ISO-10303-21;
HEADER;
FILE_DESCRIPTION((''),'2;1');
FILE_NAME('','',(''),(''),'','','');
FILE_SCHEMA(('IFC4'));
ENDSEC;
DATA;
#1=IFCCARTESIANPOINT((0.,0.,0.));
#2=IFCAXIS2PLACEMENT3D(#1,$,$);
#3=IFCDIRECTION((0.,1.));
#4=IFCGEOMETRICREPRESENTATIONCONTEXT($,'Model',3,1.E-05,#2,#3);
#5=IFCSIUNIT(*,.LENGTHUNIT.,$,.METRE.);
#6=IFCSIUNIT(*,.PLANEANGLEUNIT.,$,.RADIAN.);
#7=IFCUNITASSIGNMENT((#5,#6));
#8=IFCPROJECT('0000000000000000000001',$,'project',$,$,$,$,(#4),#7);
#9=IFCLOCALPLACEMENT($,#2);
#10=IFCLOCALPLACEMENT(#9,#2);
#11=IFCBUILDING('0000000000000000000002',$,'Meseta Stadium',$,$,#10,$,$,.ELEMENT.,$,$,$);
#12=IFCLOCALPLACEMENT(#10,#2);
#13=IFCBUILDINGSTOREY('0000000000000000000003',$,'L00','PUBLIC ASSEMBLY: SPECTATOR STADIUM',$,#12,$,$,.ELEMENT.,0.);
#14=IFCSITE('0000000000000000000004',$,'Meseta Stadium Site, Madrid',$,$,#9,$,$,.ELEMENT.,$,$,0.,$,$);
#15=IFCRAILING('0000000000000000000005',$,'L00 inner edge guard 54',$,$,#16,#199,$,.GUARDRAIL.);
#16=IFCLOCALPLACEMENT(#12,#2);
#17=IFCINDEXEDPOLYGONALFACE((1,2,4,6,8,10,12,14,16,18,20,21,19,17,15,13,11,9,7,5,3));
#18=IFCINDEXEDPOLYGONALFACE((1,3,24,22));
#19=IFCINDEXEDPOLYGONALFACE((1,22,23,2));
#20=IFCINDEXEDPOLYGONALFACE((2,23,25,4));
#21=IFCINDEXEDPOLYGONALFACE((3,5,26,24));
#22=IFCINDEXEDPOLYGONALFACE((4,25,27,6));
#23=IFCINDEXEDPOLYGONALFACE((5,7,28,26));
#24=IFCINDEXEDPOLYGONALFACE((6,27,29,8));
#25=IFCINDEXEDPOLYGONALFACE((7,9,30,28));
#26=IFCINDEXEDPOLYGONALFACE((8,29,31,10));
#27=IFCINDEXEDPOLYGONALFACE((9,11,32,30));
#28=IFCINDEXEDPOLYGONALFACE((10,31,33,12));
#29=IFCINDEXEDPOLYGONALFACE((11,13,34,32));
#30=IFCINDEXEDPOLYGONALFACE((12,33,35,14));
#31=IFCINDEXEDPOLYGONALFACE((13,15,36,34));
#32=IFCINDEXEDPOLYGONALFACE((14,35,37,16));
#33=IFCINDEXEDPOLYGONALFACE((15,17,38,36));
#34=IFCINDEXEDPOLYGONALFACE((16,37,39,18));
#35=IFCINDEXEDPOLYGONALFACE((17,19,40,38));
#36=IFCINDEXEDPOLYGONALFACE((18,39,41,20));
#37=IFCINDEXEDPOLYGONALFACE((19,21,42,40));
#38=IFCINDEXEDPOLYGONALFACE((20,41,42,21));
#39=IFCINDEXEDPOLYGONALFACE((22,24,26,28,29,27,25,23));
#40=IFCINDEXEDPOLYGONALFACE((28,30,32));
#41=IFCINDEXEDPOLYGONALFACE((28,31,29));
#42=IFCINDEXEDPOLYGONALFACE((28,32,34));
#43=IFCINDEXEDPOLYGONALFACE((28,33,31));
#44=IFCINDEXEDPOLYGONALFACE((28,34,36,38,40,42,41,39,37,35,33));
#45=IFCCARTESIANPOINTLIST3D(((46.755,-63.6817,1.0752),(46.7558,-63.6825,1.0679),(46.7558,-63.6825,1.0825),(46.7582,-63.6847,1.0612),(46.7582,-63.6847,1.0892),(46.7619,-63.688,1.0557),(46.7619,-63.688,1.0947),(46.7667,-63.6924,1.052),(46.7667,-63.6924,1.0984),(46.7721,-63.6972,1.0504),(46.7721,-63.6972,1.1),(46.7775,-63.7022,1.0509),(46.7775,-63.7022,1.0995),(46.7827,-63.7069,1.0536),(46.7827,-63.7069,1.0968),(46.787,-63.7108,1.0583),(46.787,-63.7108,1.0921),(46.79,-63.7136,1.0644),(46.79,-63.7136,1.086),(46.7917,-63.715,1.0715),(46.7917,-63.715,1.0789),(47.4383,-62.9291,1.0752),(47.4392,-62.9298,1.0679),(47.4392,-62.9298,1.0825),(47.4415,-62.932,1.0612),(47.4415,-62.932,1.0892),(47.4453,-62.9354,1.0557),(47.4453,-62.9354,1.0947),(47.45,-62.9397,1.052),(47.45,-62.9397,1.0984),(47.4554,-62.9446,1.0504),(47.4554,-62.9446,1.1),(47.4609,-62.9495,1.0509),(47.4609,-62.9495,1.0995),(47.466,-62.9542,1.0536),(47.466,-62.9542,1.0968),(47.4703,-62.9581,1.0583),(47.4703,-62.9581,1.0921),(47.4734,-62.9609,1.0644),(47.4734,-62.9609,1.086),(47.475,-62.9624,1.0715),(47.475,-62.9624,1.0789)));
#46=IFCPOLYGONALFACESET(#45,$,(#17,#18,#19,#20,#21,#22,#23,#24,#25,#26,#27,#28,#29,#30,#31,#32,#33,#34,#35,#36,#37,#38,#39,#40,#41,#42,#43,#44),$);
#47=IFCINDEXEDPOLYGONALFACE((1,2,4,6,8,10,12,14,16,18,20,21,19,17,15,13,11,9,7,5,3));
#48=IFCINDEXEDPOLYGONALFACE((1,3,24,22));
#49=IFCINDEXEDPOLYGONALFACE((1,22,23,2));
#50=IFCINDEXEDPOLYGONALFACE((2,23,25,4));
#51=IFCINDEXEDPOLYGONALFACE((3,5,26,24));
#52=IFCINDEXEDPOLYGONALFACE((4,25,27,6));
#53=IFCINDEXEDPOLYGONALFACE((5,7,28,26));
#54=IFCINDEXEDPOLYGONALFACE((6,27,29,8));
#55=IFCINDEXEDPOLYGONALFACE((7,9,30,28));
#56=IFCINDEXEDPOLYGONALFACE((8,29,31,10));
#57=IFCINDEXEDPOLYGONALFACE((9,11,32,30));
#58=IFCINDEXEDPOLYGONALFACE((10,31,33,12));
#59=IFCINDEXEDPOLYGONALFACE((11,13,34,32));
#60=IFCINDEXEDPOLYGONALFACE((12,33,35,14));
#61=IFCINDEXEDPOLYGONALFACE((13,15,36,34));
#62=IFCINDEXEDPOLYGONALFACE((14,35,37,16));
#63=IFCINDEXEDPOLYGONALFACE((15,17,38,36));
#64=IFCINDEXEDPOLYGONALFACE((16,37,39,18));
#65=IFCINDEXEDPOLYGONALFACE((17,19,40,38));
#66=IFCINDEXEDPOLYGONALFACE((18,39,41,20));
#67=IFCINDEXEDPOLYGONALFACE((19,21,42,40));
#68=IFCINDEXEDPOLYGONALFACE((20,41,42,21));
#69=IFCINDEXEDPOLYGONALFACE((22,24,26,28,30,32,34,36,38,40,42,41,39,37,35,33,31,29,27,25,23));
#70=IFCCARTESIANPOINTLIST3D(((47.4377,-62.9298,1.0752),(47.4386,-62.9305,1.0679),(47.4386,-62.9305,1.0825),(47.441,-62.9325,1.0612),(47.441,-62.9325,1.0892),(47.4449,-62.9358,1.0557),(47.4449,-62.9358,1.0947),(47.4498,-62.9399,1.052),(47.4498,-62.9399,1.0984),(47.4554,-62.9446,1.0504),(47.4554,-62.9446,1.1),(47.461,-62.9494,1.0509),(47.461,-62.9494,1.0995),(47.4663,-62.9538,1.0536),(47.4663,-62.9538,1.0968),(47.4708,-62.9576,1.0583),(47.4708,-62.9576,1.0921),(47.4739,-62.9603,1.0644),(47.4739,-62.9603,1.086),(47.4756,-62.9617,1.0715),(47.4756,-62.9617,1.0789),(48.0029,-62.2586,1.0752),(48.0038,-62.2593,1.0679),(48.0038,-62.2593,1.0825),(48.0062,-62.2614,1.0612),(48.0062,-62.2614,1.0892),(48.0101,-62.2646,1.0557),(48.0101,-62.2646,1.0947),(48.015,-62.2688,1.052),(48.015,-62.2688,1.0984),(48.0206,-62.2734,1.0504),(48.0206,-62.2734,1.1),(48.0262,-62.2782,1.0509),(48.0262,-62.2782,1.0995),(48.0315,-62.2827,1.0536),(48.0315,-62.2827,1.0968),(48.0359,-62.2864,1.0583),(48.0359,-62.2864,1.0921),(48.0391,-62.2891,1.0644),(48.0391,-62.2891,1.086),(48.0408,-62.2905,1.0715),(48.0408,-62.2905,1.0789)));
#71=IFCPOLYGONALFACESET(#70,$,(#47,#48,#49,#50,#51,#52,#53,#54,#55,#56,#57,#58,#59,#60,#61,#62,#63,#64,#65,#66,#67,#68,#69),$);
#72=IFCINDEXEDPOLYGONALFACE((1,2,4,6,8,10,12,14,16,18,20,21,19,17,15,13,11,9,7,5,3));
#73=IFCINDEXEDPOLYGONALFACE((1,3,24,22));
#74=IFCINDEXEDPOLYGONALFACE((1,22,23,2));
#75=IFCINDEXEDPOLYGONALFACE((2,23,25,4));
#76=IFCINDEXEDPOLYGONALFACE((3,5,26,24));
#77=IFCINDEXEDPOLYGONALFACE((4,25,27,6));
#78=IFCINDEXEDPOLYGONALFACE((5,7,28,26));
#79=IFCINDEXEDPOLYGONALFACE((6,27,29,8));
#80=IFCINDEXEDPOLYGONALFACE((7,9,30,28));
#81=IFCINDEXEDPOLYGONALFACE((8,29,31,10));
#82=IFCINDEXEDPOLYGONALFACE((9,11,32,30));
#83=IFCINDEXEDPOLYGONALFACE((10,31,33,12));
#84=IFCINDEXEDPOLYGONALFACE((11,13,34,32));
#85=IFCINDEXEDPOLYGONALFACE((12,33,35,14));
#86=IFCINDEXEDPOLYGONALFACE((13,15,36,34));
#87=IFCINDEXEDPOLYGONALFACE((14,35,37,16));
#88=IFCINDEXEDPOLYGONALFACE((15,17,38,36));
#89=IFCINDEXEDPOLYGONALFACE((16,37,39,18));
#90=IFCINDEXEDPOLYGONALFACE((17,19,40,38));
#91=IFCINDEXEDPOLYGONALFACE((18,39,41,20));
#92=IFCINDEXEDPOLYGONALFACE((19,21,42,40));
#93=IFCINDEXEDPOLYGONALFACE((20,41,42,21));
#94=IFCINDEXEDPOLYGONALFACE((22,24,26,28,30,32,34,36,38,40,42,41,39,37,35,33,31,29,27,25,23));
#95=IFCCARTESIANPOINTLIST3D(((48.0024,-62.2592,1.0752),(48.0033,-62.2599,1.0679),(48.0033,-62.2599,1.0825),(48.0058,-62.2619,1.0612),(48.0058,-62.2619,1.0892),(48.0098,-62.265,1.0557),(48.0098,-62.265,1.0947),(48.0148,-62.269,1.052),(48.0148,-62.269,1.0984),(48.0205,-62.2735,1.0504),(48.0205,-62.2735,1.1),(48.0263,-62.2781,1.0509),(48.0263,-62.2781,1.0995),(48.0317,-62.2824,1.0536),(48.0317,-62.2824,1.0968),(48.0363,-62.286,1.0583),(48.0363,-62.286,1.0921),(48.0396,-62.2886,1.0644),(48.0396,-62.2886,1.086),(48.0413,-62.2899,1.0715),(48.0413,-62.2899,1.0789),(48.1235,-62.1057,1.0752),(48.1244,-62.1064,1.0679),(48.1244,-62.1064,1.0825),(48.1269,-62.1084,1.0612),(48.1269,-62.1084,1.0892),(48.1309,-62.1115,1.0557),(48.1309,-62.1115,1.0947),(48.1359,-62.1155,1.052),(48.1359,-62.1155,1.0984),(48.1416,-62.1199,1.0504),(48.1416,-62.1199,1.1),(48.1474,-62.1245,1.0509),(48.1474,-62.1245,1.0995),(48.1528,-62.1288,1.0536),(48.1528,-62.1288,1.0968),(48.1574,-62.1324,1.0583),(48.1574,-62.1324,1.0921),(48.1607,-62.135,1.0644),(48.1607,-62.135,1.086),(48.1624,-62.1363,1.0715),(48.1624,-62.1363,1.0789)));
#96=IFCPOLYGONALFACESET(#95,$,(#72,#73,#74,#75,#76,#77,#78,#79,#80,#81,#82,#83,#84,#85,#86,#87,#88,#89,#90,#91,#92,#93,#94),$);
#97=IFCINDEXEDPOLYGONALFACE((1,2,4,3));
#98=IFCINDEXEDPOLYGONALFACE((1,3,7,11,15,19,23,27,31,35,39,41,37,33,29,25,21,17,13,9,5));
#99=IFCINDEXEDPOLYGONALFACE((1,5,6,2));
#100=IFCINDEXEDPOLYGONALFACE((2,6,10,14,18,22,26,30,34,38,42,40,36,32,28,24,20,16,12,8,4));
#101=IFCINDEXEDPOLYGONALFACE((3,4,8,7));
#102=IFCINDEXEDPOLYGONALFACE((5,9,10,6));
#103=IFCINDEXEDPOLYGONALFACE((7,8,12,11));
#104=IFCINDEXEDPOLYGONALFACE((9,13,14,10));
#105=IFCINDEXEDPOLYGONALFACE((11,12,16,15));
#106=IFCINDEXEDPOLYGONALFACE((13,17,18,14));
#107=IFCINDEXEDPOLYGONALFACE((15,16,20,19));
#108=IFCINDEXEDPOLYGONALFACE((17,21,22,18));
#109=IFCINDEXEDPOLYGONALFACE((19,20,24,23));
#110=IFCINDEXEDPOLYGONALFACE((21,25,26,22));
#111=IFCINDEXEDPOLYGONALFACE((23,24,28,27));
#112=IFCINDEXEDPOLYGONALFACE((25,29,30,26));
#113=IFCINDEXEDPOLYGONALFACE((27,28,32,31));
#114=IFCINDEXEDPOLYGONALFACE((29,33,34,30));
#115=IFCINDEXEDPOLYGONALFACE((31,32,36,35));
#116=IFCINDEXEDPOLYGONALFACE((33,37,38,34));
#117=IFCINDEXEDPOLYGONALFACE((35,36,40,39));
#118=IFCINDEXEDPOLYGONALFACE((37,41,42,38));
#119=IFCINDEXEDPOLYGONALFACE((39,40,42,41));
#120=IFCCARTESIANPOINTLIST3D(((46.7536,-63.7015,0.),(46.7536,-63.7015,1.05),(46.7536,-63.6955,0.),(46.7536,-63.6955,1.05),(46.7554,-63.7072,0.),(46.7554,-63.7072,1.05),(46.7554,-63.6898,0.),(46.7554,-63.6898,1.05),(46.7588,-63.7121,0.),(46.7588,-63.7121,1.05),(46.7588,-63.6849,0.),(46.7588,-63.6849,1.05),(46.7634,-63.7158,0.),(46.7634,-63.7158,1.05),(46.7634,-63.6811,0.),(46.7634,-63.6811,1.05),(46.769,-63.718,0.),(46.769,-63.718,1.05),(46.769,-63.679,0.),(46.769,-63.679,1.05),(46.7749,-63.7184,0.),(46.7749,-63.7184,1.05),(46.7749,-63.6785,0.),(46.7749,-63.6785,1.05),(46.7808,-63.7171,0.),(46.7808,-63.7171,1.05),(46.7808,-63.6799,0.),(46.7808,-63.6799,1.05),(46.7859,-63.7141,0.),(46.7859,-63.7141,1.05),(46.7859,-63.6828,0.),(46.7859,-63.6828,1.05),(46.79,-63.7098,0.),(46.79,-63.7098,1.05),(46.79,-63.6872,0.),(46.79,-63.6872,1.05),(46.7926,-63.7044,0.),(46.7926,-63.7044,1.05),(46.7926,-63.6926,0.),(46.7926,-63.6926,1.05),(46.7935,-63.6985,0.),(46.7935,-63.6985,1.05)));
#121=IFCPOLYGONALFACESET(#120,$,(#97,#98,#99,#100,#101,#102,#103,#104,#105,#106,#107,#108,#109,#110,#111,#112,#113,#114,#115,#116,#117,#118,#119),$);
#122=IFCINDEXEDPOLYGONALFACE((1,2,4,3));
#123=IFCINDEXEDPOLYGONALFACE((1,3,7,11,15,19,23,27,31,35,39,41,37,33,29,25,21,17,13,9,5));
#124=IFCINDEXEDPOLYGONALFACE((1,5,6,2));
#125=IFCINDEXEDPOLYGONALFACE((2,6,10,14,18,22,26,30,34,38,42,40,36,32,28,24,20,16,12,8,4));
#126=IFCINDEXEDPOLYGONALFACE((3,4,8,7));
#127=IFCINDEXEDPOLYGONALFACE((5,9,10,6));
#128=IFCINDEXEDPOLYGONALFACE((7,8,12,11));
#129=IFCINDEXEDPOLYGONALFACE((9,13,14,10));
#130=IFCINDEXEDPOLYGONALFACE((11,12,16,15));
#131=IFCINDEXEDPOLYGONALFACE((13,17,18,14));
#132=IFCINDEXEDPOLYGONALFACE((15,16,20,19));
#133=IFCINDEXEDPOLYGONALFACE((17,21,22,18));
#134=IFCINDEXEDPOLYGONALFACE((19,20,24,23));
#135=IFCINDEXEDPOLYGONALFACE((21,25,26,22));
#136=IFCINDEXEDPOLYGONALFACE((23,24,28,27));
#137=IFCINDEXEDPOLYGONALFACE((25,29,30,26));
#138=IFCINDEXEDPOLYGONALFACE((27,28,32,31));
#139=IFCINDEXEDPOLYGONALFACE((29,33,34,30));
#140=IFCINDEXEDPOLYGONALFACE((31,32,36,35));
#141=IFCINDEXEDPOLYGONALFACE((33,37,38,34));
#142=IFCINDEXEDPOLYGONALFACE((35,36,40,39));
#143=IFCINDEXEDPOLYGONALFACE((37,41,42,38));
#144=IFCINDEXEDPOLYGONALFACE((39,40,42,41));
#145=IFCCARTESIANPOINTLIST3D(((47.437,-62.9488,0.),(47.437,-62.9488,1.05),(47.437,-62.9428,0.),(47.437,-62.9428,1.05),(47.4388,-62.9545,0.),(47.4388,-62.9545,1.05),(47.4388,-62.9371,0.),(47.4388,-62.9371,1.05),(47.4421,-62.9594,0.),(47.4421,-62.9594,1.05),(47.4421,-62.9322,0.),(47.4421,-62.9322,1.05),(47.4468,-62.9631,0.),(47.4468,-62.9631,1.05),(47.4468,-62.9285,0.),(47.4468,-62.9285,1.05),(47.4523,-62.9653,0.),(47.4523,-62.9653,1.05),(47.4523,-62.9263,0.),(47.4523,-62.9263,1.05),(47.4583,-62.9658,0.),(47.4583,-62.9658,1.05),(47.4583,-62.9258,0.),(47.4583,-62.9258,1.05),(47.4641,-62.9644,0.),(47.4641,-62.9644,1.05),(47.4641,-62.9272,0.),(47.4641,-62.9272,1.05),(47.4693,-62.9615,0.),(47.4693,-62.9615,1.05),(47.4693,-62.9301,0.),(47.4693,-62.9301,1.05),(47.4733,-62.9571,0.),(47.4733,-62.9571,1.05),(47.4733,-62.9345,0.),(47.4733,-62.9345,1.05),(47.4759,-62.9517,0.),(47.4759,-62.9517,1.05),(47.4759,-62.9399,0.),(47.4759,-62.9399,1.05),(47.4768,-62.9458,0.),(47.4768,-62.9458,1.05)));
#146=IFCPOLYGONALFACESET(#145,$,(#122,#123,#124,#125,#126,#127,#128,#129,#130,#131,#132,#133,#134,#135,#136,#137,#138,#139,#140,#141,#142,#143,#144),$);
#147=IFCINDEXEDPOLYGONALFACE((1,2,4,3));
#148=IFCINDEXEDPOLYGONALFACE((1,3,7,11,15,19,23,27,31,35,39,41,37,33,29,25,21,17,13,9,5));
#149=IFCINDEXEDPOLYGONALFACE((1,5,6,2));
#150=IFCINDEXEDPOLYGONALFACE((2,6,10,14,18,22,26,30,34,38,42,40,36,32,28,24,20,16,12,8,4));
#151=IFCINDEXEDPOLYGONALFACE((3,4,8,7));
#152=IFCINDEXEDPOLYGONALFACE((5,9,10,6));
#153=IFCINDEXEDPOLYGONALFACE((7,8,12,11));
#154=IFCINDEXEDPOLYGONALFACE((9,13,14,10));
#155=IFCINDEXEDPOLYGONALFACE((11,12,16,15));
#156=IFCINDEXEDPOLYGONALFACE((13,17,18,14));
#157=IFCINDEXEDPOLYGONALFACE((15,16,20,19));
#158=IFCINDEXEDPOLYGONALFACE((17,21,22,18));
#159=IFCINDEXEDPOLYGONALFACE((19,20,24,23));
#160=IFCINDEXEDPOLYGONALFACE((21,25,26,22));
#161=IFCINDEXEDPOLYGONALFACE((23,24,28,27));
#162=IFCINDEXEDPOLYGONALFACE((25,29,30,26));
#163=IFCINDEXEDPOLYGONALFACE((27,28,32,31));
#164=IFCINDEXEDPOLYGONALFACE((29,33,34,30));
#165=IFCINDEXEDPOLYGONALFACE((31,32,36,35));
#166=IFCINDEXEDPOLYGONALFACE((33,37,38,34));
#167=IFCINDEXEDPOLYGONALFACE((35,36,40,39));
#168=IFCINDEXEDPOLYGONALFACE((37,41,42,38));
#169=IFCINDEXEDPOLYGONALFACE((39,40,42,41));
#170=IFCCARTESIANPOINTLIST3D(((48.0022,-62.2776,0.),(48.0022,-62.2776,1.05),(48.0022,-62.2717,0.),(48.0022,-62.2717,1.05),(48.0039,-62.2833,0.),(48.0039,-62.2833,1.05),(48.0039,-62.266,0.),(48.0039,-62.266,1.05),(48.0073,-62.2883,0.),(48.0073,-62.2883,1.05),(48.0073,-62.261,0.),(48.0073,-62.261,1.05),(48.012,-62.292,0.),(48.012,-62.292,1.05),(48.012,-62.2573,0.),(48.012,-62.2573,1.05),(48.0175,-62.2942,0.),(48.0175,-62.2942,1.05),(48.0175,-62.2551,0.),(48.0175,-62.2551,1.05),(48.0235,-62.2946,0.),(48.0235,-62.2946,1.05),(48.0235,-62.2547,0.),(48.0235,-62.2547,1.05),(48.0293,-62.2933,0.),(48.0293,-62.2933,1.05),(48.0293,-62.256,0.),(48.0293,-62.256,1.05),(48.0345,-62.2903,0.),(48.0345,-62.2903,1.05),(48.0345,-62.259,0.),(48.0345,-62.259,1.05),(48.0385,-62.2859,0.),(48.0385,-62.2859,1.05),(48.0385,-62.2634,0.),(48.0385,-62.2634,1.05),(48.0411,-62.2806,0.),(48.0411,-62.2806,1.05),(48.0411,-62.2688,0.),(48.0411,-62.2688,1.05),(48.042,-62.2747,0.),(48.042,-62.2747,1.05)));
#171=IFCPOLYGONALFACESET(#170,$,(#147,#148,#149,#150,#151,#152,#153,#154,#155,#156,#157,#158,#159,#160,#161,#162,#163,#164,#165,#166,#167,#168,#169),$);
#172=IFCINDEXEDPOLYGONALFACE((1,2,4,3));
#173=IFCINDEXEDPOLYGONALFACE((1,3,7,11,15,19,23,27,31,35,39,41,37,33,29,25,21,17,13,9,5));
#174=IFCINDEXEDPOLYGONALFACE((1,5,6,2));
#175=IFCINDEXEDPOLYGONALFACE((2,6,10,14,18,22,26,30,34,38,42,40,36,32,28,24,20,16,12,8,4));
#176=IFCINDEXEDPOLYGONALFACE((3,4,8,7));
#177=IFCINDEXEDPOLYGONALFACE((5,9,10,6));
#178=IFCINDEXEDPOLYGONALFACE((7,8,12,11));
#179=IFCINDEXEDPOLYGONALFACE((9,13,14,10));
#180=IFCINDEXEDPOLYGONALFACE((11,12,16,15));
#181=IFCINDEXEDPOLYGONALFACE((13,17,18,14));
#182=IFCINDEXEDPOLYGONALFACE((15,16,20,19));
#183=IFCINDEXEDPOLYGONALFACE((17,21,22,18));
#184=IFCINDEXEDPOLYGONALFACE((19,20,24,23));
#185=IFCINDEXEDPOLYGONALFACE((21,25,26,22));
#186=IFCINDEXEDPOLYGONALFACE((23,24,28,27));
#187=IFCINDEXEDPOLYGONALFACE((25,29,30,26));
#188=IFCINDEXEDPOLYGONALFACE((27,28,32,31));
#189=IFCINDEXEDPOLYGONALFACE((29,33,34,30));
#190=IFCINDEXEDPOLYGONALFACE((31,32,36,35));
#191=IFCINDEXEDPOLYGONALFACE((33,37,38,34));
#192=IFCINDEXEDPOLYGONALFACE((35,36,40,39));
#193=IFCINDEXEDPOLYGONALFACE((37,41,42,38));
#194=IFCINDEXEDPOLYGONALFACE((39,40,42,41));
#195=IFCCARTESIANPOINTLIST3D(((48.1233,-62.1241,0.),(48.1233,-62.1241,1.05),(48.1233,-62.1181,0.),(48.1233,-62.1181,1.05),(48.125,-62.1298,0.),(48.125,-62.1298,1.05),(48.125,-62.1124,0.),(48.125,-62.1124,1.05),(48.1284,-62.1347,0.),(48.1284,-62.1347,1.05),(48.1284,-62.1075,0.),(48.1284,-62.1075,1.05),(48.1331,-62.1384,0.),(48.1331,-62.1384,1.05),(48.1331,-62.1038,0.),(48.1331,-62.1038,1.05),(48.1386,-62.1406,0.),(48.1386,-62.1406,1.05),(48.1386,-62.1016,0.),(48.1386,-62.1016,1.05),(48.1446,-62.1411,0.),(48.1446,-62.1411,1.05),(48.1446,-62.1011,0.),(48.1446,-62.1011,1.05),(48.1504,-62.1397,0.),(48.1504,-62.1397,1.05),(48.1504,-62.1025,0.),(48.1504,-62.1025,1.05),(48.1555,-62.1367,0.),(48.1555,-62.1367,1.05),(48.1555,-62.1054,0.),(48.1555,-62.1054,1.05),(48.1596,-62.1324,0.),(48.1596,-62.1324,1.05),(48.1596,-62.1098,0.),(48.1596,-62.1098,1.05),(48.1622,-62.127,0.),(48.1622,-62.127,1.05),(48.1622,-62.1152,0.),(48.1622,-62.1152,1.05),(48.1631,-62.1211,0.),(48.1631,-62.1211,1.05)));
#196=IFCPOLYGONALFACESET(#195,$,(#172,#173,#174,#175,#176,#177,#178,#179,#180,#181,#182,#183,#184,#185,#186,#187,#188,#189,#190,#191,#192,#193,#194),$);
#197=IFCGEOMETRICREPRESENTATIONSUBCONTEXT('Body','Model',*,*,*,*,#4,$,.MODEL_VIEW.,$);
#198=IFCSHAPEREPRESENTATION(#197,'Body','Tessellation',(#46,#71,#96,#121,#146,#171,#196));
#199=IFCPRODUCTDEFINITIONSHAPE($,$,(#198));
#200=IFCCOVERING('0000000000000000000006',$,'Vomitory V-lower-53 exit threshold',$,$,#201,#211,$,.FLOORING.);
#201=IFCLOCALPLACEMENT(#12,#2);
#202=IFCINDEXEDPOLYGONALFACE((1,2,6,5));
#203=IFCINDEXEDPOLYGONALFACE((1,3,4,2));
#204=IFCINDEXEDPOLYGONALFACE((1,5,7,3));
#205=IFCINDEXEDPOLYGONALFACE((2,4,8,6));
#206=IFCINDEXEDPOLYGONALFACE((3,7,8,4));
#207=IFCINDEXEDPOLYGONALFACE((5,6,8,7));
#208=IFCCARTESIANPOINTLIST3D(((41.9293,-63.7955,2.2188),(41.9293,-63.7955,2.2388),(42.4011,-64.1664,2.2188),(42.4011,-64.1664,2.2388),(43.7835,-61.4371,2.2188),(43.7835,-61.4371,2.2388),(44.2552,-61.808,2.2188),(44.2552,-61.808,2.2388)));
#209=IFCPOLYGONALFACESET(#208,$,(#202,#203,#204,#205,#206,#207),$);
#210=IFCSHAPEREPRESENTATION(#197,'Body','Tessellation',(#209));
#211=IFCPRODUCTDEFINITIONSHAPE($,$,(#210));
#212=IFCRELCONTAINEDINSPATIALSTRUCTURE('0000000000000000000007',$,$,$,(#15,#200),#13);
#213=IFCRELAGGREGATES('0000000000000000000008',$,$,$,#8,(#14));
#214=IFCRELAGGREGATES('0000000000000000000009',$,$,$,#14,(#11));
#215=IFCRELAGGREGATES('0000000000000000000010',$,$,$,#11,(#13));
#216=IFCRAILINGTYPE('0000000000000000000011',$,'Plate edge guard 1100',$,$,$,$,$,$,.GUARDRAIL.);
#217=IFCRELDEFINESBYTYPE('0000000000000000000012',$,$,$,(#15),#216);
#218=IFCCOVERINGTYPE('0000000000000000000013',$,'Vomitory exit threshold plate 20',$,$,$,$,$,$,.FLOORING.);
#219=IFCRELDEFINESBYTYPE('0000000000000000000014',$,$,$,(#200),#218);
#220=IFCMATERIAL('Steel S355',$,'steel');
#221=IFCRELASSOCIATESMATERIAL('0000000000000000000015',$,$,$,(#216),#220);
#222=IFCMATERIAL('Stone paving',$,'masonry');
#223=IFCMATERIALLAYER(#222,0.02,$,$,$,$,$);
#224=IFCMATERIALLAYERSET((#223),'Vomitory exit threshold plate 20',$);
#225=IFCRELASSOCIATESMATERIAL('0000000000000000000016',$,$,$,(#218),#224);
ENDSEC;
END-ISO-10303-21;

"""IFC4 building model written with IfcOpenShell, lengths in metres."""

from ifc_helpers import new_model, si_unit, direction, frame, origin, origin_2d, place, context, subcontext, project, spatial, rectangle, circle, extrude, material, layer, layer_set, type_object, element, save


model = new_model("IFC4")

# Units and contexts
model_context = context("Model", 3, precision=1e-05, world=origin(), true_north=direction((0.0, 1.0)))
body_context = subcontext(model_context, "Body", "Model", "MODEL_VIEW")
ifc_project = project(units=[si_unit("LENGTHUNIT", "METRE"), si_unit("PLANEANGLEUNIT", "RADIAN")], contexts=[model_context])

# Site, building, storey
site_placement = place(None, origin())
site = spatial("IfcSite", under=ifc_project, at=site_placement, Name="Meseta Stadium Site, Madrid", CompositionType="ELEMENT", RefElevation=0.0)
building_placement = place(site_placement, origin())
building = spatial("IfcBuilding", under=site, at=building_placement, Name="Meseta Stadium", CompositionType="ELEMENT")
storey_placement = place(building_placement, origin())
storey = spatial("IfcBuildingStorey", under=building, at=storey_placement, Name="L00", Description="PUBLIC ASSEMBLY: SPECTATOR STADIUM", CompositionType="ELEMENT", Elevation=0.0)

# Railing
ifc_material_1 = material(Name="Steel S355", Category="steel")
railing_type_1 = type_object("IfcRailingType", Name="Plate edge guard 1100", PredefinedType="GUARDRAIL", material=ifc_material_1)
railing_1_placement = place(storey_placement, frame((46.7734, -63.6985, 0.0)))
element("IfcRailing", 1, at=railing_1_placement, inside=storey, type_object=railing_type_1, Name="L00 inner edge guard 54", PredefinedType="GUARDRAIL", context=body_context, shape_type="SweptSolid", body=[
    extrude(circle(Radius=0.0249, at=origin_2d()), frame((0.0, 0.0, 1.0752), z_axis=(0.672183, 0.740385, 0.0), x_axis=(-0.740385, 0.672183, 0.0)), (0.0, 0.0, 1.0), 1.0166),
    extrude(circle(Radius=0.0249, at=origin_2d()), frame((0.6833, 0.7527, 1.0752), z_axis=(0.644144, 0.764904, 0.0), x_axis=(-0.764904, 0.644144, 0.0)), (0.0, 0.0, 1.0), 0.8774),
    extrude(circle(Radius=0.0249, at=origin_2d()), frame((1.2485, 1.4238, 1.0752), z_axis=(0.619199, 0.785234, 0.0), x_axis=(-0.785234, 0.619199, 0.0)), (0.0, 0.0, 1.0), 0.1956),
    extrude(circle(Radius=0.02, at=origin_2d()), origin(), (0.0, 0.0, 1.0), 1.05),
    extrude(circle(Radius=0.02, at=origin_2d()), frame((0.6833, 0.7527, 0.0)), (0.0, 0.0, 1.0), 1.05),
    extrude(circle(Radius=0.02, at=origin_2d()), frame((1.2485, 1.4238, 0.0)), (0.0, 0.0, 1.0), 1.05),
    extrude(circle(Radius=0.02, at=origin_2d()), frame((1.3696, 1.5774, 0.0)), (0.0, 0.0, 1.0), 1.05),
])

# Covering
ifc_material_2 = material(Name="Stone paving", Category="masonry")
ifc_layer_1 = layer(ifc_material_2, 0.02)
ifc_layer_set_1 = layer_set([ifc_layer_1], Name="Vomitory exit threshold plate 20")
covering_type = type_object("IfcCoveringType", Name="Vomitory exit threshold plate 20", PredefinedType="FLOORING", material=ifc_layer_set_1)
for number, where, z_axis, x_axis, name in (
    (2, (43.0923, -62.8018, 2.2188), (0.0, 0.0, 1.0), (-0.786142, 0.618046, 0.0), "Vomitory V-lower-53 exit threshold"),
):
    element("IfcCovering", number, at=place(storey_placement, frame(where, z_axis=z_axis, x_axis=x_axis)), inside=storey, type_object=covering_type, Name=name, PredefinedType="FLOORING", context=body_context, shape_type="SweptSolid", body=[
        extrude(rectangle(XDim=0.6001, YDim=3.0, at=origin_2d()), origin(), (0.0, 0.0, 1.0), 0.02),
    ])

save(model, "model.ifc")
